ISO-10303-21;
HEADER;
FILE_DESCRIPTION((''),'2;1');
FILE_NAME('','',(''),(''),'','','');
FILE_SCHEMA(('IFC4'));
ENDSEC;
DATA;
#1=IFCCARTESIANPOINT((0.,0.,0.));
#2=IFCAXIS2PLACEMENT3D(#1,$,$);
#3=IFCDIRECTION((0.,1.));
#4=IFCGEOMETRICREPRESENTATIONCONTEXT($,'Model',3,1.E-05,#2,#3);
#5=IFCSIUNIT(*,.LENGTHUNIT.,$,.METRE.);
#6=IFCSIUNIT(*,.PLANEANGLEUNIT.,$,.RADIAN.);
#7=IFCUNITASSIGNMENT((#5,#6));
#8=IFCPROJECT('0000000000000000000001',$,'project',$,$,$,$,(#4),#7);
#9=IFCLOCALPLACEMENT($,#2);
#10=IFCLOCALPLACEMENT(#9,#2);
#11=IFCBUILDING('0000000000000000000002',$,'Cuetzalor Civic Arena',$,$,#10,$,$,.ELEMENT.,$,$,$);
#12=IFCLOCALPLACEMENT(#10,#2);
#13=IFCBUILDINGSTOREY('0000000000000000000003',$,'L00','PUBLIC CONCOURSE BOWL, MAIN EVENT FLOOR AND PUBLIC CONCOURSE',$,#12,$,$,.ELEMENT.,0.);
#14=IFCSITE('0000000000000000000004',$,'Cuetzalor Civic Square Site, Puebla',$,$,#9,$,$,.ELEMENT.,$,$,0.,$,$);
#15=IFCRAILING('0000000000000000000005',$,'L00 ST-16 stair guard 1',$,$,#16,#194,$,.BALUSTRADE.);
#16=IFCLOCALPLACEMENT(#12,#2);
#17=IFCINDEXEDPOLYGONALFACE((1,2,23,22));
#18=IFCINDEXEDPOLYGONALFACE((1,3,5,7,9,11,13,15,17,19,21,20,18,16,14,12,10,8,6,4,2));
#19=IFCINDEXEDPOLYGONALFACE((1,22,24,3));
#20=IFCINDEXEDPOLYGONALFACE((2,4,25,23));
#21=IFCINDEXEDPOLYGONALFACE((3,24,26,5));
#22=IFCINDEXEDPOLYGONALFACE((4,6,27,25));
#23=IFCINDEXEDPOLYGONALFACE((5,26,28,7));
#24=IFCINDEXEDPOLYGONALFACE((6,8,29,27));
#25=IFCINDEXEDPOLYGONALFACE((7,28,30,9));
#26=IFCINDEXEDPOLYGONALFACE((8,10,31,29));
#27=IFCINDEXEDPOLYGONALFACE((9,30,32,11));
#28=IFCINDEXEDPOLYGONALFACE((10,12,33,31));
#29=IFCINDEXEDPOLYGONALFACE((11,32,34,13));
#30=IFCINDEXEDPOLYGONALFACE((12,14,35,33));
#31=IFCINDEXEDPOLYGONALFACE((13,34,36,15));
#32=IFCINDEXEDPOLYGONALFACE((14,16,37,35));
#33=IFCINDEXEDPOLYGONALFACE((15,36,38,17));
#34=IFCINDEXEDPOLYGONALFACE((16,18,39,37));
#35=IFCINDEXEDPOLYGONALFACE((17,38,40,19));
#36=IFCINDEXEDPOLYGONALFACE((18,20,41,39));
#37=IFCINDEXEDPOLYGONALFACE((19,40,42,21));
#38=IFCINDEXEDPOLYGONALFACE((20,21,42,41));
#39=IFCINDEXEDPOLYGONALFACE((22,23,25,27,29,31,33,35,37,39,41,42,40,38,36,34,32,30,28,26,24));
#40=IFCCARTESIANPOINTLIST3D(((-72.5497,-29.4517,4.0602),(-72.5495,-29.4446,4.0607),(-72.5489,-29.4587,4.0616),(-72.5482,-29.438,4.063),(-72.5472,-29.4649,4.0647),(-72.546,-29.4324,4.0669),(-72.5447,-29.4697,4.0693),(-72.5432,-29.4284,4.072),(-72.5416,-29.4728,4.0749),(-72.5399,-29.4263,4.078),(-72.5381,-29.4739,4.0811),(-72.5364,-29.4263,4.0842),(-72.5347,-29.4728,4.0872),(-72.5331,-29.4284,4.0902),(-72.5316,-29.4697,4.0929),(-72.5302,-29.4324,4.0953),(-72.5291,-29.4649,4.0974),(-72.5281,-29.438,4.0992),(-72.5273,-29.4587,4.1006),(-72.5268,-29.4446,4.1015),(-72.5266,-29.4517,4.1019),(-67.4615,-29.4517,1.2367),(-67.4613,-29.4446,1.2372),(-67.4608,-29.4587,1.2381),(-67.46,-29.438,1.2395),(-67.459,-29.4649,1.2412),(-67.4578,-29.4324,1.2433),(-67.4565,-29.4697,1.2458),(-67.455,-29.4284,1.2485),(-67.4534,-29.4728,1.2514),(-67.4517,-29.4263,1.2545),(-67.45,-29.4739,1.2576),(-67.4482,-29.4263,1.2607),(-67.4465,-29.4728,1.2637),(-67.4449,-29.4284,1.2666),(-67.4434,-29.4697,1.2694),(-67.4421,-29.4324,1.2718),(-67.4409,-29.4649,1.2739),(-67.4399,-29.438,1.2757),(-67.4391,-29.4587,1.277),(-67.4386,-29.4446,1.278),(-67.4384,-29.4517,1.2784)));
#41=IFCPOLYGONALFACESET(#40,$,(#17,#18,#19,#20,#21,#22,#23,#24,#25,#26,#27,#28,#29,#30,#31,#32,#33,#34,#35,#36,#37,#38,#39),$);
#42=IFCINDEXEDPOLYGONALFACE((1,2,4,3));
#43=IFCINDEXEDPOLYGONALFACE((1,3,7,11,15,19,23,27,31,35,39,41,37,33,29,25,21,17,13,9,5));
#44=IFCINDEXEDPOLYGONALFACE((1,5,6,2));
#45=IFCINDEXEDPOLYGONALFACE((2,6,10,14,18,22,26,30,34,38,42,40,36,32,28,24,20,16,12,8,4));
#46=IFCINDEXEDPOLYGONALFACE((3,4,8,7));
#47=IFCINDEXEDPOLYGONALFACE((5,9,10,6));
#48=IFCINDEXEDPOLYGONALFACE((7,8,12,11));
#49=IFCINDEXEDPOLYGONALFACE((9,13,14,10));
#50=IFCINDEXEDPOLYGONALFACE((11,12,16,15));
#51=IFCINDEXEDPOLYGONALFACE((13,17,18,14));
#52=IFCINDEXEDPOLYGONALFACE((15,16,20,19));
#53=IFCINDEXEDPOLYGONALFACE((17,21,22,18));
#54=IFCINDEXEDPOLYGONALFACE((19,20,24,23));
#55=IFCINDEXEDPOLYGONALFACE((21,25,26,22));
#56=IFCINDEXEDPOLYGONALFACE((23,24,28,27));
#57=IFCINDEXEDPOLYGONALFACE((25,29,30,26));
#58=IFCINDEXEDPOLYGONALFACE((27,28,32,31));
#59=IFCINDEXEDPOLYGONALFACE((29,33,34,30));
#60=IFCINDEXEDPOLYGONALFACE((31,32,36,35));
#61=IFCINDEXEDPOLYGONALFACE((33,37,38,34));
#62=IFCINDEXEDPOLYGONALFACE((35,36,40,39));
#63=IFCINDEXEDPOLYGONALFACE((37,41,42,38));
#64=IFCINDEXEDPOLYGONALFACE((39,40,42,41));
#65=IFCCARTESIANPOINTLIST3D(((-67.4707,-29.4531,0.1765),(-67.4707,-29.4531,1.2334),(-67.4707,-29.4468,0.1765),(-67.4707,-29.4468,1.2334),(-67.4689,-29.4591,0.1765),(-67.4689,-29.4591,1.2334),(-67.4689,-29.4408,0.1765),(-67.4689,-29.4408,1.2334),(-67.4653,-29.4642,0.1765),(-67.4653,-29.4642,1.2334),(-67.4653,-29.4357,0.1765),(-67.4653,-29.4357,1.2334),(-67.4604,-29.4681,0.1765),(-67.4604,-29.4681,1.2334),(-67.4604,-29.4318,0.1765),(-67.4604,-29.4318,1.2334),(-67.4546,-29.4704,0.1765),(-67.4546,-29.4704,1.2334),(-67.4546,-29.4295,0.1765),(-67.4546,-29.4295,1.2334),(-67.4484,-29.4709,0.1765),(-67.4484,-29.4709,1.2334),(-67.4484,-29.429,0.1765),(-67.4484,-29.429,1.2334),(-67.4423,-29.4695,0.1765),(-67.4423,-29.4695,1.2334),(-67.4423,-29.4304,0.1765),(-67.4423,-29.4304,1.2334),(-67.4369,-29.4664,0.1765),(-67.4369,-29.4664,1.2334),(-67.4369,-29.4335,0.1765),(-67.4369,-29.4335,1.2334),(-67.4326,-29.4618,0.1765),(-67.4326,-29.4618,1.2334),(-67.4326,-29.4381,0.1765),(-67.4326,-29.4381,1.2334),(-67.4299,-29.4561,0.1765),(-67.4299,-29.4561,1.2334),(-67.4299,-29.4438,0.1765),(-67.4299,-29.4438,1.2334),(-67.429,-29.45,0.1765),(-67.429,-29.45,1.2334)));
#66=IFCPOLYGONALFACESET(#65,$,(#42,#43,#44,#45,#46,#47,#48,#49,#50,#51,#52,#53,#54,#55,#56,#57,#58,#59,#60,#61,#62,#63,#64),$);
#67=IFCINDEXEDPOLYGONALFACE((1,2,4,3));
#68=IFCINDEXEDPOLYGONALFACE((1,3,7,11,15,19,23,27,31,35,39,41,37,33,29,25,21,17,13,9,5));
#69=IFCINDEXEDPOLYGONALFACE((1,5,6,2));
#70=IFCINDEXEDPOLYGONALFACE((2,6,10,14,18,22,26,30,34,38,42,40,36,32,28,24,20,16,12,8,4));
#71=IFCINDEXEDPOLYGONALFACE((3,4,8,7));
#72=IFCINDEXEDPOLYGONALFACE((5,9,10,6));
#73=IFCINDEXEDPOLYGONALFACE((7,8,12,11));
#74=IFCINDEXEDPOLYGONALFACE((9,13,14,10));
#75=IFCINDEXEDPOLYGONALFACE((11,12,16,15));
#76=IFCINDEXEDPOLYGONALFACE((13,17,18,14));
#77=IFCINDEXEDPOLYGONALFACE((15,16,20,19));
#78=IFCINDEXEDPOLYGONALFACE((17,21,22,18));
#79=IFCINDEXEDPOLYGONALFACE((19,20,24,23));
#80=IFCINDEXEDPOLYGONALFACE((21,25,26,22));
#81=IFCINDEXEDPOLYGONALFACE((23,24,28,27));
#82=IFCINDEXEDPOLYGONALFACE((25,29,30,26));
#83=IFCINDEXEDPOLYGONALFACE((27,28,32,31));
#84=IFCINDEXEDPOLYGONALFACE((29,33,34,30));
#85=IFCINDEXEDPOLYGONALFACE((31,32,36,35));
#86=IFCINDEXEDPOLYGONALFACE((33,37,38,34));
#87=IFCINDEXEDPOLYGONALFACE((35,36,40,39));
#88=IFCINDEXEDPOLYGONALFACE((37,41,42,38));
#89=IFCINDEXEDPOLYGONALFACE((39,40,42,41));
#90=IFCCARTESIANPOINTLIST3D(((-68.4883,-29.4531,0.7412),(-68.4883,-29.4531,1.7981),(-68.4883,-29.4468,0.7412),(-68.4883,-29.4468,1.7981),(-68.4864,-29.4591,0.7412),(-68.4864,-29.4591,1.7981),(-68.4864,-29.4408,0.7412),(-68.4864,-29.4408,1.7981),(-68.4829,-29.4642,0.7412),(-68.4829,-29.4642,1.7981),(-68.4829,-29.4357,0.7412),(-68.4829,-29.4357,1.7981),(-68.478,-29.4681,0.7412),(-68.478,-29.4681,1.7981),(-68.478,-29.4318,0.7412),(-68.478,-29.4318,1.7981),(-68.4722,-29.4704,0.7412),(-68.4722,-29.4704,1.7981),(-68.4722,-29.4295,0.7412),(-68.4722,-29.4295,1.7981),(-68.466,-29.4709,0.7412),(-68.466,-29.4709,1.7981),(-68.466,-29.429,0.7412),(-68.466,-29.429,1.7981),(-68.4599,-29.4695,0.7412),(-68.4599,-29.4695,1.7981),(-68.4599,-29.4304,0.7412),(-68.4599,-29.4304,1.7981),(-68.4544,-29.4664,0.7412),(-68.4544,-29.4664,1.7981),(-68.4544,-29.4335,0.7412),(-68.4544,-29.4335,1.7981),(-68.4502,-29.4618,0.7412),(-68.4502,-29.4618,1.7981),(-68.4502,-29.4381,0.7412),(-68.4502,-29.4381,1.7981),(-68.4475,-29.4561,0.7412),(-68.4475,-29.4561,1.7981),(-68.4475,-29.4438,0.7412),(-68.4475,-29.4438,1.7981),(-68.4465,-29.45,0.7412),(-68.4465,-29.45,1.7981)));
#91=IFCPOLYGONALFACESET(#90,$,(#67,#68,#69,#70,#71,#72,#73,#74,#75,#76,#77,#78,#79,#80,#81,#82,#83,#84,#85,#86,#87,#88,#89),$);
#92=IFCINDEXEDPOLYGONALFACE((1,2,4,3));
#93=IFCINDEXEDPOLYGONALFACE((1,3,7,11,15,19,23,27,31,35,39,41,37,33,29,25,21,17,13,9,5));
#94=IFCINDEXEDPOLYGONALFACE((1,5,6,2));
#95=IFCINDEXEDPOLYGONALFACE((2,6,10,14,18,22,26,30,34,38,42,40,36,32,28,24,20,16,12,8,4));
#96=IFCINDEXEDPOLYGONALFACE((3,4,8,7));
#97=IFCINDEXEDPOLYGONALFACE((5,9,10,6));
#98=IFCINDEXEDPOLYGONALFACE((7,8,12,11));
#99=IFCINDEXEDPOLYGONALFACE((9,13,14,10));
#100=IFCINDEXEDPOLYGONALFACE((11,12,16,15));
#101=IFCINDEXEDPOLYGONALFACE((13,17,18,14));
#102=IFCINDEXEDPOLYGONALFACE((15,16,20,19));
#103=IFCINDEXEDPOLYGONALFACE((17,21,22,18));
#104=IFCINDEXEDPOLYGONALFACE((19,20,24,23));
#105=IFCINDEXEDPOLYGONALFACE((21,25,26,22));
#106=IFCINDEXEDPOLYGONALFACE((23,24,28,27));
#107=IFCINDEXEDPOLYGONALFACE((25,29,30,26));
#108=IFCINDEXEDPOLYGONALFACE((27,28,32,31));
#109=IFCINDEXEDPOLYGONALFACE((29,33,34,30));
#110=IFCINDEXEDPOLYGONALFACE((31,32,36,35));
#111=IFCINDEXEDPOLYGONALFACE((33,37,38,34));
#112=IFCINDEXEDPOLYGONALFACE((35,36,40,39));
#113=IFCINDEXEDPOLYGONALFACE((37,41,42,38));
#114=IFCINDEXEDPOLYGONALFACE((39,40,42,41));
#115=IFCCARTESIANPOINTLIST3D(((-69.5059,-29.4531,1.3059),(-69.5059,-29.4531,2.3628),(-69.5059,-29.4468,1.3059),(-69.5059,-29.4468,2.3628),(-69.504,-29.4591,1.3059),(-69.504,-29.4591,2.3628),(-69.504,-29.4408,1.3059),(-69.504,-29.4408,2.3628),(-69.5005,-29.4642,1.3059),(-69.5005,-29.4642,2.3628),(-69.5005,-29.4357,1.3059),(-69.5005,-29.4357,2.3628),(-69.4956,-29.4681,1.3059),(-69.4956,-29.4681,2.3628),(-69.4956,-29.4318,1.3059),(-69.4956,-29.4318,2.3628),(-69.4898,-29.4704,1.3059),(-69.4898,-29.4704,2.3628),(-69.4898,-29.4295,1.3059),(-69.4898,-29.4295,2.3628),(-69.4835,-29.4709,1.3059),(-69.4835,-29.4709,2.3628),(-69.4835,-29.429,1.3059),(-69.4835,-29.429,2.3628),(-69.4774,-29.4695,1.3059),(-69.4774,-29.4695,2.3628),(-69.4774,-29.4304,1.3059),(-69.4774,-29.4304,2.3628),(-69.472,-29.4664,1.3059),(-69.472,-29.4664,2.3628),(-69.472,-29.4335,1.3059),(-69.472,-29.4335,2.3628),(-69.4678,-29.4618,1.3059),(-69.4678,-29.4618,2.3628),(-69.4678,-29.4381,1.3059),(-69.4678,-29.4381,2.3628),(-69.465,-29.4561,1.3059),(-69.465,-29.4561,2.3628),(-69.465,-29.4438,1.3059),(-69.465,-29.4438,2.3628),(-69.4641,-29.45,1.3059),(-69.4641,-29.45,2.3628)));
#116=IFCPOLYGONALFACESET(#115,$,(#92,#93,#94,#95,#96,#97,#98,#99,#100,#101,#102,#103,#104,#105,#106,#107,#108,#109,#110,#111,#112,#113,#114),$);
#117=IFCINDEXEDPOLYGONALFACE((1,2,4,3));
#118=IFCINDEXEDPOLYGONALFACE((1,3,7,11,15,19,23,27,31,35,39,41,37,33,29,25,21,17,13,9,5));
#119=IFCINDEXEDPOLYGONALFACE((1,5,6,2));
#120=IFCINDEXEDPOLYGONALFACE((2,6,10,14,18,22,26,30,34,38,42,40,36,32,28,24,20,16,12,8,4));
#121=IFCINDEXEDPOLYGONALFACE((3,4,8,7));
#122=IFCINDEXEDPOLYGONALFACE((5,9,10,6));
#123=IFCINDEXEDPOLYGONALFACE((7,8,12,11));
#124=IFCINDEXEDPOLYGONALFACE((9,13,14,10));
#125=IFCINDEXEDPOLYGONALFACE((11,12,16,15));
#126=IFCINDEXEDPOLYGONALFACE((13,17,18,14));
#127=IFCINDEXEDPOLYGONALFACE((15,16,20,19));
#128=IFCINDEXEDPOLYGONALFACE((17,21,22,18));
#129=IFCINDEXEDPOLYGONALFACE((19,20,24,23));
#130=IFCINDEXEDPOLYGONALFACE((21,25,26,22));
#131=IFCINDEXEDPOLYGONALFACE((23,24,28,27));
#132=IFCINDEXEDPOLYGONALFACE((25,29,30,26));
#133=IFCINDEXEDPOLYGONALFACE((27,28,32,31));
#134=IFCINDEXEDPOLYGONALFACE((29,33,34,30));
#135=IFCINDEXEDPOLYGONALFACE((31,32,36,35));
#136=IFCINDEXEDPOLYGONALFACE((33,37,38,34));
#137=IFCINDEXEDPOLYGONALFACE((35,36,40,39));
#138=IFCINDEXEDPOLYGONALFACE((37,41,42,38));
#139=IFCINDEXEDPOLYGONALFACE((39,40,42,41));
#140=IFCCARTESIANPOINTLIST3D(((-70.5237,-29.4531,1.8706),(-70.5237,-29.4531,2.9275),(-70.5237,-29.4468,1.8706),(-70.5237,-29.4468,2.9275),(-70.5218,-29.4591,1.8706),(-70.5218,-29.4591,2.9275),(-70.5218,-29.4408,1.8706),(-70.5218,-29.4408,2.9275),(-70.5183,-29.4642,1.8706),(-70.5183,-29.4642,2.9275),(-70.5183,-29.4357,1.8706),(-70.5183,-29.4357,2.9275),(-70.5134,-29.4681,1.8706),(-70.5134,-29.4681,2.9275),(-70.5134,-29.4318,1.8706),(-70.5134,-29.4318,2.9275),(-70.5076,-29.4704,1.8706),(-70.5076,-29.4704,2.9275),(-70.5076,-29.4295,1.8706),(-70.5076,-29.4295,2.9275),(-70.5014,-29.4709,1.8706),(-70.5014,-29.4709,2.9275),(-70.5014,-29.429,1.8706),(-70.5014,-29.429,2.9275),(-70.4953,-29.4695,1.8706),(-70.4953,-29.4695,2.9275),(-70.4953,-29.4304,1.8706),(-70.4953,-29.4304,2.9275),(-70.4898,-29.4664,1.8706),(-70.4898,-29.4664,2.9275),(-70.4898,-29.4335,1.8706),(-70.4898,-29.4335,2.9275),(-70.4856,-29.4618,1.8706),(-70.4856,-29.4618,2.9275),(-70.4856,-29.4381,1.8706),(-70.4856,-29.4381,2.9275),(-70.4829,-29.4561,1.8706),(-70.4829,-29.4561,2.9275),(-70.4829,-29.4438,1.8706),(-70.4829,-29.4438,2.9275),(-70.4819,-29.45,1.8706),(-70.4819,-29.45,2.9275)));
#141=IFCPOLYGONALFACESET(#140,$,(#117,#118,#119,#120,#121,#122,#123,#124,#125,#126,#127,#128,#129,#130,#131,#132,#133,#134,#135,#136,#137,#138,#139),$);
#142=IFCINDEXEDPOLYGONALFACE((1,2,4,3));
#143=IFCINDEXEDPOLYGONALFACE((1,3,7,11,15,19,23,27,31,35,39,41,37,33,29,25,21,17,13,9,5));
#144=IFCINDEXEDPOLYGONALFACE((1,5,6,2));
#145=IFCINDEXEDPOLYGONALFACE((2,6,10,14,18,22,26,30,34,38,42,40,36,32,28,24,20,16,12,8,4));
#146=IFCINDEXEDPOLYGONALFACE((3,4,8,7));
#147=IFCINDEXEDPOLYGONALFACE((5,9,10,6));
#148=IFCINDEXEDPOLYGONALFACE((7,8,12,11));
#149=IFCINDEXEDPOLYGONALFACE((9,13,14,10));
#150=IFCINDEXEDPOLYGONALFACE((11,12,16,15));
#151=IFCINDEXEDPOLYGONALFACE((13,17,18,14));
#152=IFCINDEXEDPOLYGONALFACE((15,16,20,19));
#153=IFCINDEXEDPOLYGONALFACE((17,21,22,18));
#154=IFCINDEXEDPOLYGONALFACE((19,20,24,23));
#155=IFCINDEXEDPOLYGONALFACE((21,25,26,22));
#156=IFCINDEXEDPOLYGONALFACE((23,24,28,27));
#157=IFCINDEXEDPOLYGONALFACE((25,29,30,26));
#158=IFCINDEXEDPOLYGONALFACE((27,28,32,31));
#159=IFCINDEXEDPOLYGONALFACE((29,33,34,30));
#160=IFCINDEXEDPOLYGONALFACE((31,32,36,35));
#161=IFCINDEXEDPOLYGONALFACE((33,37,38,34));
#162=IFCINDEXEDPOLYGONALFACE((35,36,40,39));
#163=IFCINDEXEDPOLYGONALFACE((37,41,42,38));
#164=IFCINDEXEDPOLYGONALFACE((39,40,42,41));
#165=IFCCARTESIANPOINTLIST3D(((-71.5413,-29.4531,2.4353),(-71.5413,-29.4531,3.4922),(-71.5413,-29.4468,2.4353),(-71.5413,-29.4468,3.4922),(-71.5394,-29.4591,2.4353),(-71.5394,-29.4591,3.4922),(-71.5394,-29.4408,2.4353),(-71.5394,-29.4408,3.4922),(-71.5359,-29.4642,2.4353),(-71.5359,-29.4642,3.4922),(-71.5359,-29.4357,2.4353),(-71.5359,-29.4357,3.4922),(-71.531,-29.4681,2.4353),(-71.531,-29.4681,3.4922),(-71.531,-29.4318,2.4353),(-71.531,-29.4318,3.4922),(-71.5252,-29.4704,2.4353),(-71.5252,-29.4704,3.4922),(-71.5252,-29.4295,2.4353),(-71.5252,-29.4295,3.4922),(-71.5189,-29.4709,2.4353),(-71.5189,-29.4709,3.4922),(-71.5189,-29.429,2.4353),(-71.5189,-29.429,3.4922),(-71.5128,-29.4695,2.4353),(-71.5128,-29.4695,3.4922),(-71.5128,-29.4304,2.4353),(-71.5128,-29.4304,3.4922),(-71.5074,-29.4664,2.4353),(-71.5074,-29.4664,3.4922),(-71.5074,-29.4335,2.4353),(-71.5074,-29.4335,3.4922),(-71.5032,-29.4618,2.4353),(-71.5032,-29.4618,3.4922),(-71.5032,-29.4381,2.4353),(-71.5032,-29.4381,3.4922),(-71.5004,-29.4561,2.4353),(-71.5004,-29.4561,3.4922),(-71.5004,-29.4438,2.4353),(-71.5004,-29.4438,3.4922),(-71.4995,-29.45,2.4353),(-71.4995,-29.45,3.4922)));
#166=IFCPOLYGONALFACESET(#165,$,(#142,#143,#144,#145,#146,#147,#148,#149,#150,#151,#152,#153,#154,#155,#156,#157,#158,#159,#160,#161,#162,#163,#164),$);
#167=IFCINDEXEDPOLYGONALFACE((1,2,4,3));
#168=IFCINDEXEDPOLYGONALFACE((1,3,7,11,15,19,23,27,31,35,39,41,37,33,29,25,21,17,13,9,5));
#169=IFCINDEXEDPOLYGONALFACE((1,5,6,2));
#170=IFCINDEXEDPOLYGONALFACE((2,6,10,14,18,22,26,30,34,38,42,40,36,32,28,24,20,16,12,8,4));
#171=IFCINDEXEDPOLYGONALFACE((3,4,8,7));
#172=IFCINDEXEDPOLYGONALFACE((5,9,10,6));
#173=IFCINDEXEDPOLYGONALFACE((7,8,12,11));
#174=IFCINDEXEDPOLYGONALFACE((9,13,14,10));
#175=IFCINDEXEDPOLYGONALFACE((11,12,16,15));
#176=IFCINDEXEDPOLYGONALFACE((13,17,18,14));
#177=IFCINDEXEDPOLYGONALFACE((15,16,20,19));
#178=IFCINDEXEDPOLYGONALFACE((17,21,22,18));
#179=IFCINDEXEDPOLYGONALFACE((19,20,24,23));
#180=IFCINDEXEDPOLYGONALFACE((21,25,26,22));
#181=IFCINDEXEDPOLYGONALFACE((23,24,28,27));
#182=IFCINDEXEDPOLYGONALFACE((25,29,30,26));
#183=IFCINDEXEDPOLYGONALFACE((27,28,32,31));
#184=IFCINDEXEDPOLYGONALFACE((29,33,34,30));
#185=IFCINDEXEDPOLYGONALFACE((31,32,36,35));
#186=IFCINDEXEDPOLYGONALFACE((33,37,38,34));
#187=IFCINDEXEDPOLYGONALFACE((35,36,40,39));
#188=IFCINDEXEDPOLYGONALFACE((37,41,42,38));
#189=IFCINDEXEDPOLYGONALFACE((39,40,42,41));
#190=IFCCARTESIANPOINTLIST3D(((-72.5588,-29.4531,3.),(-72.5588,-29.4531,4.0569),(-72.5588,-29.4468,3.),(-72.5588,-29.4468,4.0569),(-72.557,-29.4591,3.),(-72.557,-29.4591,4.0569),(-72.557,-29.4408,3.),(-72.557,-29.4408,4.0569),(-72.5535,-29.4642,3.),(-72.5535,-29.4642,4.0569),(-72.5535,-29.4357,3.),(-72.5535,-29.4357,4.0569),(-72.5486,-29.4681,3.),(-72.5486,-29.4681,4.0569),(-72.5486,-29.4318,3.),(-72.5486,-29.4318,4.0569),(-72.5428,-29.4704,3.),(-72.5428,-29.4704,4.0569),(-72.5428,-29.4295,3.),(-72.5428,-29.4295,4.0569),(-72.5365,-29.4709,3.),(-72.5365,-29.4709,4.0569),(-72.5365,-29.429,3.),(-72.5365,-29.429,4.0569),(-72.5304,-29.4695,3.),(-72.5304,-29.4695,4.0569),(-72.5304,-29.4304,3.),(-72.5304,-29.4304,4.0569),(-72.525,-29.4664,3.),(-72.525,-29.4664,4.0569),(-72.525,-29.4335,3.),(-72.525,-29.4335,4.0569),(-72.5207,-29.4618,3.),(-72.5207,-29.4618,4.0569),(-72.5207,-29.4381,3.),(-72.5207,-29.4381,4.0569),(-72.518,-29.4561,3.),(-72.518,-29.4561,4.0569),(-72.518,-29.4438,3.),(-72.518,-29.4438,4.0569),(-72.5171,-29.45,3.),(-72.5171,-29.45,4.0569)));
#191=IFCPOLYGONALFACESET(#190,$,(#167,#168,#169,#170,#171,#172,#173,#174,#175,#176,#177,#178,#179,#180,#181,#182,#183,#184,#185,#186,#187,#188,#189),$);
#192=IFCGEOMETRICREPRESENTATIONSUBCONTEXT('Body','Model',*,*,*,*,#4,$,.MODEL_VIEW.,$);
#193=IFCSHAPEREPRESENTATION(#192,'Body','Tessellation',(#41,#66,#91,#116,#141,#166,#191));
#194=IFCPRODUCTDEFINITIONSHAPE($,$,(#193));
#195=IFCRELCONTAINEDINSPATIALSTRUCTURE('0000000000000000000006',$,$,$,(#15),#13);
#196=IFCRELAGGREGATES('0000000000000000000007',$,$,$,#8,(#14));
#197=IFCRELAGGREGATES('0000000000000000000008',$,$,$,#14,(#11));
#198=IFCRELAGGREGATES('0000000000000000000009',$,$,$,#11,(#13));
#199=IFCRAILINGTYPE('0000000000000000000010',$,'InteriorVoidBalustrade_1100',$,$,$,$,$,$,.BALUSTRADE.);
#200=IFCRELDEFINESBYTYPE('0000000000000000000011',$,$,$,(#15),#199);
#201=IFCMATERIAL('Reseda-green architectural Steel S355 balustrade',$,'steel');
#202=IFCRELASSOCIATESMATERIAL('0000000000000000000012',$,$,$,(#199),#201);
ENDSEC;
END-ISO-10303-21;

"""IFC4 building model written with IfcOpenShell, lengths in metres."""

from ifc_helpers import new_model, si_unit, direction, frame, origin, origin_2d, place, context, subcontext, project, spatial, circle, extrude, material, type_object, element, save


model = new_model("IFC4")

# Units and contexts
model_context = context("Model", 3, precision=1e-05, world=origin(), true_north=direction((0.0, 1.0)))
body_context = subcontext(model_context, "Body", "Model", "MODEL_VIEW")
ifc_project = project(units=[si_unit("LENGTHUNIT", "METRE"), si_unit("PLANEANGLEUNIT", "RADIAN")], contexts=[model_context])

# Site, building, storey
site_placement = place(None, origin())
site = spatial("IfcSite", under=ifc_project, at=site_placement, Name="Cuetzalor Civic Square Site, Puebla", CompositionType="ELEMENT", RefElevation=0.0)
building_placement = place(site_placement, origin())
building = spatial("IfcBuilding", under=site, at=building_placement, Name="Cuetzalor Civic Arena", CompositionType="ELEMENT")
storey_placement = place(building_placement, origin())
storey = spatial("IfcBuildingStorey", under=building, at=storey_placement, Name="L00", Description="PUBLIC CONCOURSE BOWL, MAIN EVENT FLOOR AND PUBLIC CONCOURSE", CompositionType="ELEMENT", Elevation=0.0)

# Railing
ifc_material_1 = material(Name="Reseda-green architectural Steel S355 balustrade", Category="steel")
railing_type_1 = type_object("IfcRailingType", Name="InteriorVoidBalustrade_1100", PredefinedType="BALUSTRADE", material=ifc_material_1)
railing_1_placement = place(storey_placement, frame((-67.45, -29.45, 0.1765)))
element("IfcRailing", 1, at=railing_1_placement, inside=storey, type_object=railing_type_1, Name="L00 ST-16 stair guard 1", PredefinedType="BALUSTRADE", context=body_context, shape_type="SweptSolid", body=[
    extrude(circle(Radius=0.0239, at=origin_2d()), frame((0.0, 0.0, 1.0811), z_axis=(-0.874395, 0.0, 0.485215), x_axis=(0.0, -1.0, 0.0)), (0.0, 0.0, 1.0), 5.8191),
    extrude(circle(Radius=0.021, at=origin_2d()), origin(), (0.0, 0.0, 1.0), 1.0569),
    extrude(circle(Radius=0.021, at=origin_2d()), frame((-1.0176, 0.0, 0.5647)), (0.0, 0.0, 1.0), 1.0569),
    extrude(circle(Radius=0.021, at=origin_2d()), frame((-2.0352, 0.0, 1.1294)), (0.0, 0.0, 1.0), 1.0569),
    extrude(circle(Radius=0.021, at=origin_2d()), frame((-3.053, 0.0, 1.6941)), (0.0, 0.0, 1.0), 1.0569),
    extrude(circle(Radius=0.021, at=origin_2d()), frame((-4.0706, 0.0, 2.2588)), (0.0, 0.0, 1.0), 1.0569),
    extrude(circle(Radius=0.021, at=origin_2d()), frame((-5.0881, 0.0, 2.8235)), (0.0, 0.0, 1.0), 1.0569),
])

save(model, "model.ifc")
